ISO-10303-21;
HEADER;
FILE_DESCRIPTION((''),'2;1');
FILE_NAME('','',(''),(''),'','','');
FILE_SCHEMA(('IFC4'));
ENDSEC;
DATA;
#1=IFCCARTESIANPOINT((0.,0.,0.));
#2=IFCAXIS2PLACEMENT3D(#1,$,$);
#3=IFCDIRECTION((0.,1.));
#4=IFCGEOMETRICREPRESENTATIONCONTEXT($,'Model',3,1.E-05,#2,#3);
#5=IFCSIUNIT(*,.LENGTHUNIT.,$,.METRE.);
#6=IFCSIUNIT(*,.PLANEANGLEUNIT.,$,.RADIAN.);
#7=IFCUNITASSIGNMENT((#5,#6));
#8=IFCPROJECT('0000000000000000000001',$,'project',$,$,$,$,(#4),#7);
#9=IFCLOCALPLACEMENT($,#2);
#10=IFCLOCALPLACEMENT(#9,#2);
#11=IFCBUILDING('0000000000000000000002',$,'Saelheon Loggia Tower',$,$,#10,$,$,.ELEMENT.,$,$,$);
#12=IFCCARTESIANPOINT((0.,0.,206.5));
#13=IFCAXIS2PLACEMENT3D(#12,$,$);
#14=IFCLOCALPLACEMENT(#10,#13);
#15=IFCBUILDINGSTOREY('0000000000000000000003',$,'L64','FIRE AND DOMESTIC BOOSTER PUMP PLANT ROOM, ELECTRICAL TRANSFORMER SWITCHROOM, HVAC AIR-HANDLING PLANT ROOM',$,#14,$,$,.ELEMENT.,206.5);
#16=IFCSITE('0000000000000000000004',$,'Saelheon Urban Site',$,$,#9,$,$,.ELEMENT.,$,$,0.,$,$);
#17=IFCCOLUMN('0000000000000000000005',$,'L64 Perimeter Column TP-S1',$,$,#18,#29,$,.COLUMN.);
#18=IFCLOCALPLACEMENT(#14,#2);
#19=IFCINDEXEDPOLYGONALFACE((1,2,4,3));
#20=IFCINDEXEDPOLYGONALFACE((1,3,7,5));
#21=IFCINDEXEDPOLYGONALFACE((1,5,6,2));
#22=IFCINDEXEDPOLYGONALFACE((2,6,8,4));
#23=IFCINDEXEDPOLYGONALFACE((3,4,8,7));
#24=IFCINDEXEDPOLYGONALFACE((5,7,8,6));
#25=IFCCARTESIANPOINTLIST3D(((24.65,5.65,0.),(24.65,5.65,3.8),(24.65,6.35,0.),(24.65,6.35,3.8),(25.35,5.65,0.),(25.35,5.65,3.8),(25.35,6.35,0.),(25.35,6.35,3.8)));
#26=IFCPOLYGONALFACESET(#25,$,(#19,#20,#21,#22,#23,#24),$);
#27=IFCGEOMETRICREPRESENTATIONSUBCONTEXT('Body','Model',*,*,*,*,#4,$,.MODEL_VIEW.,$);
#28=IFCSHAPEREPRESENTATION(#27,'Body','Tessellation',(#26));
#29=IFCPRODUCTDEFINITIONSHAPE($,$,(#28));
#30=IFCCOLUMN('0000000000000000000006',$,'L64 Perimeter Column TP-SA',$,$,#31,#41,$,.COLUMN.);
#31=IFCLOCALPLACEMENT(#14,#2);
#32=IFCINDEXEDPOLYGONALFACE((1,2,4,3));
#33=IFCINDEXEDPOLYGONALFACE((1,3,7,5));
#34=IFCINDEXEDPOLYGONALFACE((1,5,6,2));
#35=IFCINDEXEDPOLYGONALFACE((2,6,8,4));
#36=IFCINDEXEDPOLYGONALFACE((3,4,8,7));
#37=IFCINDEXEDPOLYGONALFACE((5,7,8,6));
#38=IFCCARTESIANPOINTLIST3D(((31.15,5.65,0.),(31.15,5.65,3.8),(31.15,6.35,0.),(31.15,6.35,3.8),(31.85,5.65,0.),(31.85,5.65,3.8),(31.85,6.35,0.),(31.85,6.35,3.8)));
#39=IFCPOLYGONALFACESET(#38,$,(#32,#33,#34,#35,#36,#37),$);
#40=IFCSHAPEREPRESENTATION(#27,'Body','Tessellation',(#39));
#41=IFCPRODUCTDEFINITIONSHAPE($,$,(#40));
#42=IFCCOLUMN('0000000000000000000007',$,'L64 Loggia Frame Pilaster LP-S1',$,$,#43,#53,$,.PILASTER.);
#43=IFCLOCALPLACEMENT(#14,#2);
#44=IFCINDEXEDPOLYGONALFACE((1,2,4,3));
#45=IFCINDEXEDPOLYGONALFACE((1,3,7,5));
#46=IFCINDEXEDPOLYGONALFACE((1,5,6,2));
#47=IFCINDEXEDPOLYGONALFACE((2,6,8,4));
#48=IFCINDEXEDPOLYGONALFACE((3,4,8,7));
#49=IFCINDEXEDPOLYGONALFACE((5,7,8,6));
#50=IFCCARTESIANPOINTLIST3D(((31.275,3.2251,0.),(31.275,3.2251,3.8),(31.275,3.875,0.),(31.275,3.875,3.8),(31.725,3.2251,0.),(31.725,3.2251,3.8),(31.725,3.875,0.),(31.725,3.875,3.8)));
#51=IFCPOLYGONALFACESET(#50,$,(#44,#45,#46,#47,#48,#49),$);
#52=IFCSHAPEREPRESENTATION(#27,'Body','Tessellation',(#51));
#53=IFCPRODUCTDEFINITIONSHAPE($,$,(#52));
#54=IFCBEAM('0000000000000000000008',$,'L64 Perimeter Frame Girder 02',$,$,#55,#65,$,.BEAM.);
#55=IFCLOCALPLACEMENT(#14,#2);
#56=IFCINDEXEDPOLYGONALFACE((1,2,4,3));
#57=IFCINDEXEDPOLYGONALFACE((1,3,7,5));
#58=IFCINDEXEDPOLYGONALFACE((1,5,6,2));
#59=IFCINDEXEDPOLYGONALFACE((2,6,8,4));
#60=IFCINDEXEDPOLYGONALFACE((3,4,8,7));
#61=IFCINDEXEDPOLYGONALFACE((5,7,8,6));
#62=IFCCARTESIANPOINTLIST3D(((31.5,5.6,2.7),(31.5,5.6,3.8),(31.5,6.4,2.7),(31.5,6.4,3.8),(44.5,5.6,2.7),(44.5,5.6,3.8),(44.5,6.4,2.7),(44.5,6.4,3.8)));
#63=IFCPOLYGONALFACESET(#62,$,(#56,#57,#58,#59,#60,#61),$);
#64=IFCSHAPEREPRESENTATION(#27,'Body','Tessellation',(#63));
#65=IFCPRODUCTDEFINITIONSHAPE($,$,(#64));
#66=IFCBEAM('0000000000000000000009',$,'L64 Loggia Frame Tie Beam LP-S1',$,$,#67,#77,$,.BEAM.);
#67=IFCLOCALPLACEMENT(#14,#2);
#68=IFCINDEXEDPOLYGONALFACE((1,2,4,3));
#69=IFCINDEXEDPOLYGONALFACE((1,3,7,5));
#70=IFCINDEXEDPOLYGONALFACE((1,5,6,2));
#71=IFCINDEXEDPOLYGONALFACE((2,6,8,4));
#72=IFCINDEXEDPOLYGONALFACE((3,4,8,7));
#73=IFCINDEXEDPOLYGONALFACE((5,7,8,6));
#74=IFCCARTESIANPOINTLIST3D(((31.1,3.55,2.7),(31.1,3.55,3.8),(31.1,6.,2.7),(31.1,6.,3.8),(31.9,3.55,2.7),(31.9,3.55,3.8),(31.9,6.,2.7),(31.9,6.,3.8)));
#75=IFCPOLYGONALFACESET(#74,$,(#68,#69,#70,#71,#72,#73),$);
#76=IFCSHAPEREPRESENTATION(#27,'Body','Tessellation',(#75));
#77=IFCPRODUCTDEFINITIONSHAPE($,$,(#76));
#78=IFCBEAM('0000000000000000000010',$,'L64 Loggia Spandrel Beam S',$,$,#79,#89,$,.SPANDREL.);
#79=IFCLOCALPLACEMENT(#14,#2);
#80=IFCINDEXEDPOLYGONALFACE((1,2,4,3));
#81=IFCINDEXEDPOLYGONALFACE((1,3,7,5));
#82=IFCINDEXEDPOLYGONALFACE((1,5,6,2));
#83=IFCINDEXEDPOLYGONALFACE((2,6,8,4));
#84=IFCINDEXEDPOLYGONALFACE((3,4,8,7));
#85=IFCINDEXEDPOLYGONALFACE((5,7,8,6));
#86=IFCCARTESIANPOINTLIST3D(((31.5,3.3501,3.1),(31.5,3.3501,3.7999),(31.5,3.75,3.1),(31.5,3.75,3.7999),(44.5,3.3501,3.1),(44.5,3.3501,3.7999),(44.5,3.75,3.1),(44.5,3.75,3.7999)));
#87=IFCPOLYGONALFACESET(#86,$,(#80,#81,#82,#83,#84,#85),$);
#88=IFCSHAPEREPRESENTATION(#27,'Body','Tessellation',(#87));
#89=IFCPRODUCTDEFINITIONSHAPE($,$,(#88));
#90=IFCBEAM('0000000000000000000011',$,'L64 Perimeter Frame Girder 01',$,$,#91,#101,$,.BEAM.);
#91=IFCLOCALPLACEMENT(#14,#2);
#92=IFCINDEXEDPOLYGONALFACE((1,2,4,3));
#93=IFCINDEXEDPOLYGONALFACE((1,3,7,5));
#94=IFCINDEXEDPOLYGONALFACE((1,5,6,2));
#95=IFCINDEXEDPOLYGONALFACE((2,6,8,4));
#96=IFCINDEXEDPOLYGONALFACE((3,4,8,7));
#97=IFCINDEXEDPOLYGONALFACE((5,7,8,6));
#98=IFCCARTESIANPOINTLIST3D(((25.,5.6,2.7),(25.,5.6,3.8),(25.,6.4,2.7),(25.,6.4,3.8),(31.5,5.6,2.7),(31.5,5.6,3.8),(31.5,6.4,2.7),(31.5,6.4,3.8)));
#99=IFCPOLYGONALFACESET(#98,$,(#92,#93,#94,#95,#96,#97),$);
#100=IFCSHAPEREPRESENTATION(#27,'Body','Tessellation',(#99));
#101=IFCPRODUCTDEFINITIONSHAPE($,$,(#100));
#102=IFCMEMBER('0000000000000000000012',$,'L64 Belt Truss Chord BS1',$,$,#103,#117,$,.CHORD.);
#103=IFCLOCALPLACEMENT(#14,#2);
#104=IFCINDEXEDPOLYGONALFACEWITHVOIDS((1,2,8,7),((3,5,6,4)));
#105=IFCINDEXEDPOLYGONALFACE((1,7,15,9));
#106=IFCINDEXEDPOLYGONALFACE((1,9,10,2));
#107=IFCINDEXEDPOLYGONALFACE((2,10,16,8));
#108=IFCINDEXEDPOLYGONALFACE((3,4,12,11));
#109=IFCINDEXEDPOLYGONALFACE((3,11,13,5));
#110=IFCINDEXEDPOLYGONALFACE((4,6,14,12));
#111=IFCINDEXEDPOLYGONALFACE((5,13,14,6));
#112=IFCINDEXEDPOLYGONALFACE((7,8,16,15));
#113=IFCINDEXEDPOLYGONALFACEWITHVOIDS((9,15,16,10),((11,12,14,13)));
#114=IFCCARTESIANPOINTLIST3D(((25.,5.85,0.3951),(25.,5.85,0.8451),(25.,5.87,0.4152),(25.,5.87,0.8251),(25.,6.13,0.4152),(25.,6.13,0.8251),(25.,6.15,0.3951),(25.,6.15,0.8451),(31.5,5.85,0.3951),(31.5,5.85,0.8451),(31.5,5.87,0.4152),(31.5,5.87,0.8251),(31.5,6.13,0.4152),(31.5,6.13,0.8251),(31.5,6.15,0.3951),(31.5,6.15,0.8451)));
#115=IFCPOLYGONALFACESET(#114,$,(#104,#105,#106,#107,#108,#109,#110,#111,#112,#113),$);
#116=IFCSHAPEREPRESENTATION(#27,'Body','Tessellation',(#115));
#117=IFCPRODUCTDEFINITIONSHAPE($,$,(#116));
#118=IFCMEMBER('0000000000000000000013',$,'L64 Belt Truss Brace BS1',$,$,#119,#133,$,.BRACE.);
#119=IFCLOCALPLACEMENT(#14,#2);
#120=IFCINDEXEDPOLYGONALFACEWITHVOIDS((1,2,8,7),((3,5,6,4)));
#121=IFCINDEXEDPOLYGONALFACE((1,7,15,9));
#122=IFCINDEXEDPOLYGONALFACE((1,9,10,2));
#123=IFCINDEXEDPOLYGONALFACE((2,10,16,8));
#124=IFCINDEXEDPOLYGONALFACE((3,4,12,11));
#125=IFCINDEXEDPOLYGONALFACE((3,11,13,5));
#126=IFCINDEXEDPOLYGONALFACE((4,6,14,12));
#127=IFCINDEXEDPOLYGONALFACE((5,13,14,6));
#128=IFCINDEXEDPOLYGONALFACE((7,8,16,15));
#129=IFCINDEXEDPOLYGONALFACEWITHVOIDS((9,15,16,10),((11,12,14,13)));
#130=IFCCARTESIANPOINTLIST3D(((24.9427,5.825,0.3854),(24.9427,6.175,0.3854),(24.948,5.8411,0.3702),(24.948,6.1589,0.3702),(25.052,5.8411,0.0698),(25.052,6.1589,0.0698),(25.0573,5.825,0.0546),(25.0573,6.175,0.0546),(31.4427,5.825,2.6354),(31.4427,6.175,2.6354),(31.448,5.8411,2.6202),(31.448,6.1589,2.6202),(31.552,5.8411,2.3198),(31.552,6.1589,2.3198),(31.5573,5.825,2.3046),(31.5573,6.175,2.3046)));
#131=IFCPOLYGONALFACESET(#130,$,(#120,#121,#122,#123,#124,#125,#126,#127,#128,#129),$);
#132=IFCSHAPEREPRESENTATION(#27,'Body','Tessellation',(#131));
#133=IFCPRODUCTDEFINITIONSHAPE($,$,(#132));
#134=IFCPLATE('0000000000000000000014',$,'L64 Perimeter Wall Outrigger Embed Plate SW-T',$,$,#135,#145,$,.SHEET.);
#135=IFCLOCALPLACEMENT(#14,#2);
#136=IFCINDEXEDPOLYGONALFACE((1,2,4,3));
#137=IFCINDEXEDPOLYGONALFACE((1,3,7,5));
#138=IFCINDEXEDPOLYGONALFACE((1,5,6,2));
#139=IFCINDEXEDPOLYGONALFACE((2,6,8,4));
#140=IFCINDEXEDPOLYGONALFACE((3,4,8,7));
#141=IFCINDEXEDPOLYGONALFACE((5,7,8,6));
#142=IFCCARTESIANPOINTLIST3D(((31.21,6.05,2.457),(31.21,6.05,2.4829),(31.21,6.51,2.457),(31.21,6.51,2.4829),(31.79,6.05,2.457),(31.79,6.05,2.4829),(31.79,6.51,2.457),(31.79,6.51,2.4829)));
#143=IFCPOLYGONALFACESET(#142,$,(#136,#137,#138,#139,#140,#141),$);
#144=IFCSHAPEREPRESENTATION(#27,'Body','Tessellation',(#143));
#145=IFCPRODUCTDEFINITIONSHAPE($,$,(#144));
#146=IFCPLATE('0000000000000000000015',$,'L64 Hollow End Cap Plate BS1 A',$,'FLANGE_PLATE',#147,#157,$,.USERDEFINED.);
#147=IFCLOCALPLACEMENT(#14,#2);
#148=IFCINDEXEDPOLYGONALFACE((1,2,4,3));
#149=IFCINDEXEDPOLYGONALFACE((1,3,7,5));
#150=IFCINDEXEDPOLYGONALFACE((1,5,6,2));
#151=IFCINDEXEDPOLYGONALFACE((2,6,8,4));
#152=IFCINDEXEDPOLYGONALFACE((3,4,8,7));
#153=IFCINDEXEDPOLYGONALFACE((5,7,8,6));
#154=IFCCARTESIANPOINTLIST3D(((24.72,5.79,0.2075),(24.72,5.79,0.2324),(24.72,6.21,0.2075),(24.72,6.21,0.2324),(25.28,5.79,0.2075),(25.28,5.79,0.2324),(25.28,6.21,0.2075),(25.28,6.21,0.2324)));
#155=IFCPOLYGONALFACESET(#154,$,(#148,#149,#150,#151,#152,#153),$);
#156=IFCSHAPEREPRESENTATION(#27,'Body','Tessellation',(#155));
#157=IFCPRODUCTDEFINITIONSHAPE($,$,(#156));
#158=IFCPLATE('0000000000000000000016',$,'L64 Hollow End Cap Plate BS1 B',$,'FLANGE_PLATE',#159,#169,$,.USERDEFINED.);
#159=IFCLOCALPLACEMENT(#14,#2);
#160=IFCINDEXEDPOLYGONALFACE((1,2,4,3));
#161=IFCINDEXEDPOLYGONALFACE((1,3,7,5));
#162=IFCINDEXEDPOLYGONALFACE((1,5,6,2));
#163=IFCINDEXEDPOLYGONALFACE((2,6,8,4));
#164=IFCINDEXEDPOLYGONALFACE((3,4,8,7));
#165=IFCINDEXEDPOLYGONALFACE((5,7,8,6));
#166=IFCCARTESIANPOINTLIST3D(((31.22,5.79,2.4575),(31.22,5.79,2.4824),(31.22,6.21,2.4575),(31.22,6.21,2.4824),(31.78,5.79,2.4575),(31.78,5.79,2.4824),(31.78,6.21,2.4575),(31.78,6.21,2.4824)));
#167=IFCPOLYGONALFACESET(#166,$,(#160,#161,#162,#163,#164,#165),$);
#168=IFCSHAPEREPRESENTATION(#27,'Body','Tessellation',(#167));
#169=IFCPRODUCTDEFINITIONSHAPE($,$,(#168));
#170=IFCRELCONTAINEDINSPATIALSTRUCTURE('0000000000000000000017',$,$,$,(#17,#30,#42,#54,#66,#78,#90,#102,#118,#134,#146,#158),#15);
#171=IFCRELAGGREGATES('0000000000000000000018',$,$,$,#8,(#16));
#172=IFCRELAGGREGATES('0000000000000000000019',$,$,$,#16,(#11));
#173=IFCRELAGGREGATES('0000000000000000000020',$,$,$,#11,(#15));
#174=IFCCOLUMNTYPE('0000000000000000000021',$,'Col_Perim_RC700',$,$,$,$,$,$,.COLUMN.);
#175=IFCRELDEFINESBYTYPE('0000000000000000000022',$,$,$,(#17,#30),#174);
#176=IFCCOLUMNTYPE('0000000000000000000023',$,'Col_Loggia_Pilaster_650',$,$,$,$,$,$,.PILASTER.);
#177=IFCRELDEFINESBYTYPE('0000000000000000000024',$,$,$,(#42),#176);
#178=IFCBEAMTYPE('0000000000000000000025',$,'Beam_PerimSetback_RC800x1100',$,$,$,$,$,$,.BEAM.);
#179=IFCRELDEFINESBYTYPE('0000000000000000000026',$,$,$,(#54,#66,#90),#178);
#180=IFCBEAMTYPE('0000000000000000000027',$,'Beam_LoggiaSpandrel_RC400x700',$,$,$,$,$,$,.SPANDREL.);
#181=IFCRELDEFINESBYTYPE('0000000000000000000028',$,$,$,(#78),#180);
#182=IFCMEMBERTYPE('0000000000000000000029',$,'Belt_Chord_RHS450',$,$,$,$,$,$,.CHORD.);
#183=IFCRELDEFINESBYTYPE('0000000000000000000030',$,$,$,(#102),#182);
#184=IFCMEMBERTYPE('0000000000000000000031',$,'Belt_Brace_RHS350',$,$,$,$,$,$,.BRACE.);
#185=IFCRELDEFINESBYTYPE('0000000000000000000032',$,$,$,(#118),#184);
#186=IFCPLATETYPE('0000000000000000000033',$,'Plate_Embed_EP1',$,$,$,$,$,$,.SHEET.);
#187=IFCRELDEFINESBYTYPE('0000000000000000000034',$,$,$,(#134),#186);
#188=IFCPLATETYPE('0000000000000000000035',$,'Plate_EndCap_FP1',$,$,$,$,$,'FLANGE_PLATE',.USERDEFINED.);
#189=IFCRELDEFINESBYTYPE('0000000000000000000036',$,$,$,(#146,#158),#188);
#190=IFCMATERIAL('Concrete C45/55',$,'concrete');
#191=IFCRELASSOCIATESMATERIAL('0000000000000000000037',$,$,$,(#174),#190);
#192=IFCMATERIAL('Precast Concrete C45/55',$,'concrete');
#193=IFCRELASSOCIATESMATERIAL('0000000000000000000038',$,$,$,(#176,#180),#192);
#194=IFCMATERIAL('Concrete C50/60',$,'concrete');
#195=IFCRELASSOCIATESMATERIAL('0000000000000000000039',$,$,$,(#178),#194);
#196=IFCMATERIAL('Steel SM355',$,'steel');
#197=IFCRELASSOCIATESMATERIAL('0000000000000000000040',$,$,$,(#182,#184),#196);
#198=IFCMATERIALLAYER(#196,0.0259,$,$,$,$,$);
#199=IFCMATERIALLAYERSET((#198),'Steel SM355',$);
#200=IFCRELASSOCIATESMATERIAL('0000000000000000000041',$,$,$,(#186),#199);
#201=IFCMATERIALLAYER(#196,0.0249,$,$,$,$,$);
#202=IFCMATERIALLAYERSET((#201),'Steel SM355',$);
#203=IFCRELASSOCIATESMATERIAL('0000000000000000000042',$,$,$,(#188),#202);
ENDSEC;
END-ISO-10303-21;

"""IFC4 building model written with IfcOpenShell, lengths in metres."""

from ifc_helpers import new_model, si_unit, direction, frame, origin, origin_2d, place, context, subcontext, project, spatial, rectangle, hollow_rectangle, extrude, source, transform, mapped, material, layer, layer_set, material_profile, profile_set, type_object, element, save


model = new_model("IFC4")

# Units and contexts
model_context = context("Model", 3, precision=1e-05, world=origin(), true_north=direction((0.0, 1.0)))
body_context = subcontext(model_context, "Body", "Model", "MODEL_VIEW")
ifc_project = project(units=[si_unit("LENGTHUNIT", "METRE"), si_unit("PLANEANGLEUNIT", "RADIAN")], contexts=[model_context])

# Site, building, storey
site_placement = place(None, origin())
site = spatial("IfcSite", under=ifc_project, at=site_placement, Name="Saelheon Urban Site", CompositionType="ELEMENT", RefElevation=0.0)
building_placement = place(site_placement, origin())
building = spatial("IfcBuilding", under=site, at=building_placement, Name="Saelheon Loggia Tower", CompositionType="ELEMENT")
storey_placement = place(building_placement, frame((0.0, 0.0, 206.5)))
storey = spatial("IfcBuildingStorey", under=building, at=storey_placement, Name="L64", Description="FIRE AND DOMESTIC BOOSTER PUMP PLANT ROOM, ELECTRICAL TRANSFORMER SWITCHROOM, HVAC AIR-HANDLING PLANT ROOM", CompositionType="ELEMENT", Elevation=206.5)

# Columns
ifc_material_1 = material(Name="Concrete C45/55", Category="concrete")
ifc_material_profile_1 = material_profile(ifc_material_1, rectangle(XDim=0.7, YDim=0.7, at=origin_2d()), Name="RC-700x700")
ifc_profile_set_1 = profile_set([ifc_material_profile_1], Name="Concrete C45/55")
column_type_1 = type_object("IfcColumnType", Name="Col_Perim_RC700", PredefinedType="COLUMN", material=ifc_profile_set_1)
shared_shape_1 = source(origin(), body_context, "Body", "SweptSolid", [
    extrude(rectangle(XDim=0.7, YDim=0.7, at=origin_2d()), origin(), (0.0, 0.0, 1.0), 3.8),
])
for number, where, z_axis, x_axis, name in (
    (1, (25.0, 6.0, 0.0), (0.0, 0.0, 1.0), (1.0, 0.0, 0.0), "L64 Perimeter Column TP-S1"),
    (2, (31.5, 6.0, 0.0), (0.0, 0.0, 1.0), (1.0, 0.0, 0.0), "L64 Perimeter Column TP-SA"),
):
    element("IfcColumn", number, at=place(storey_placement, frame(where, z_axis=z_axis, x_axis=x_axis)), inside=storey, type_object=column_type_1, Name=name, PredefinedType="COLUMN", context=body_context, shape_type="MappedRepresentation", body=[
        mapped(shared_shape_1, transform((0.0, 0.0, 0.0), scale=1.0)),
    ])
ifc_material_2 = material(Name="Precast Concrete C45/55", Category="concrete")
ifc_material_profile_2 = material_profile(ifc_material_2, rectangle(XDim=0.45, YDim=0.6499, at=origin_2d()), Name="RC-450x650")
ifc_profile_set_2 = profile_set([ifc_material_profile_2], Name="Precast Concrete C45/55")
column_type_2 = type_object("IfcColumnType", Name="Col_Loggia_Pilaster_650", PredefinedType="PILASTER", material=ifc_profile_set_2)
shared_shape_2 = source(origin(), body_context, "Body", "SweptSolid", [
    extrude(rectangle(XDim=0.45, YDim=0.6499, at=origin_2d()), origin(), (0.0, 0.0, 1.0), 3.8),
])
column_placement = place(storey_placement, frame((31.5, 3.55, 0.0), z_axis=(0.0, 0.0, 1.0), x_axis=(1.0, 0.0, 0.0)))
element("IfcColumn", 3, at=column_placement, inside=storey, type_object=column_type_2, Name="L64 Loggia Frame Pilaster LP-S1", PredefinedType="PILASTER", context=body_context, shape_type="MappedRepresentation", body=[
    mapped(shared_shape_2, transform((0.0, 0.0, 0.0), scale=1.0)),
])

# Beams
ifc_material_3 = material(Name="Concrete C50/60", Category="concrete")
ifc_material_profile_3 = material_profile(ifc_material_3, rectangle(XDim=0.8, YDim=1.1001, at=origin_2d()), Name="RC-800x1100")
ifc_profile_set_3 = profile_set([ifc_material_profile_3], Name="Concrete C50/60")
beam_type_1 = type_object("IfcBeamType", Name="Beam_PerimSetback_RC800x1100", PredefinedType="BEAM", material=ifc_profile_set_3)
shared_shape_3 = source(origin(), body_context, "Body", "SweptSolid", [
    extrude(rectangle(XDim=0.8, YDim=1.1001, at=origin_2d()), origin(), (0.0, 0.0, 1.0), 13.0),
])
beam_1_placement = place(storey_placement, frame((31.5, 6.0, 3.25), z_axis=(1.0, 0.0, 0.0), x_axis=(0.0, 1.0, 0.0)))
element("IfcBeam", 4, at=beam_1_placement, inside=storey, type_object=beam_type_1, Name="L64 Perimeter Frame Girder 02", PredefinedType="BEAM", context=body_context, shape_type="MappedRepresentation", body=[
    mapped(shared_shape_3, transform((0.0, 0.0, 0.0), scale=1.0)),
])
shared_shape_4 = source(origin(), body_context, "Body", "SweptSolid", [
    extrude(rectangle(XDim=0.8, YDim=1.1001, at=origin_2d()), origin(), (0.0, 0.0, 1.0), 2.45),
])
beam_2_placement = place(storey_placement, frame((31.5, 6.0, 3.25), z_axis=(0.0, -1.0, 0.0), x_axis=(1.0, 0.0, 0.0)))
element("IfcBeam", 5, at=beam_2_placement, inside=storey, type_object=beam_type_1, Name="L64 Loggia Frame Tie Beam LP-S1", PredefinedType="BEAM", context=body_context, shape_type="MappedRepresentation", body=[
    mapped(shared_shape_4, transform((0.0, 0.0, 0.0), scale=1.0)),
])
ifc_material_profile_4 = material_profile(ifc_material_2, rectangle(XDim=0.3999, YDim=0.7, at=origin_2d()), Name="RC-400x700")
ifc_profile_set_4 = profile_set([ifc_material_profile_4], Name="Precast Concrete C45/55")
beam_type_2 = type_object("IfcBeamType", Name="Beam_LoggiaSpandrel_RC400x700", PredefinedType="SPANDREL", material=ifc_profile_set_4)
shared_shape_5 = source(origin(), body_context, "Body", "SweptSolid", [
    extrude(rectangle(XDim=0.3999, YDim=0.7, at=origin_2d()), origin(), (0.0, 0.0, 1.0), 13.0),
])
beam_3_placement = place(storey_placement, frame((31.5, 3.55, 3.45), z_axis=(1.0, 0.0, 0.0), x_axis=(0.0, 1.0, 0.0)))
element("IfcBeam", 6, at=beam_3_placement, inside=storey, type_object=beam_type_2, Name="L64 Loggia Spandrel Beam S", PredefinedType="SPANDREL", context=body_context, shape_type="MappedRepresentation", body=[
    mapped(shared_shape_5, transform((0.0, 0.0, 0.0), scale=1.0)),
])
shared_shape_6 = source(origin(), body_context, "Body", "SweptSolid", [
    extrude(rectangle(XDim=0.8, YDim=1.1001, at=origin_2d()), origin(), (0.0, 0.0, 1.0), 6.5),
])
beam_4_placement = place(storey_placement, frame((25.0, 6.0, 3.25), z_axis=(1.0, 0.0, 0.0), x_axis=(0.0, 1.0, 0.0)))
element("IfcBeam", 7, at=beam_4_placement, inside=storey, type_object=beam_type_1, Name="L64 Perimeter Frame Girder 01", PredefinedType="BEAM", context=body_context, shape_type="MappedRepresentation", body=[
    mapped(shared_shape_6, transform((0.0, 0.0, 0.0), scale=1.0)),
])

# Members
ifc_material_4 = material(Name="Steel SM355", Category="steel")
ifc_material_profile_5 = material_profile(ifc_material_4, hollow_rectangle(XDim=0.3, YDim=0.45, WallThickness=0.02, at=origin_2d()), Name="RHS-450x300x20")
ifc_profile_set_5 = profile_set([ifc_material_profile_5], Name="Steel SM355")
member_type_1 = type_object("IfcMemberType", Name="Belt_Chord_RHS450", PredefinedType="CHORD", material=ifc_profile_set_5)
shared_shape_7 = source(origin(), body_context, "Body", "SweptSolid", [
    extrude(hollow_rectangle(XDim=0.3, YDim=0.45, WallThickness=0.02, at=origin_2d()), origin(), (0.0, 0.0, 1.0), 6.5),
])
member_1_placement = place(storey_placement, frame((25.0, 6.0, 0.6201), z_axis=(1.0, 0.0, 0.0), x_axis=(0.0, 1.0, 0.0)))
element("IfcMember", 8, at=member_1_placement, inside=storey, type_object=member_type_1, Name="L64 Belt Truss Chord BS1", PredefinedType="CHORD", context=body_context, shape_type="MappedRepresentation", body=[
    mapped(shared_shape_7, transform((0.0, 0.0, 0.0), scale=1.0)),
])
ifc_material_profile_6 = material_profile(ifc_material_4, hollow_rectangle(XDim=0.3501, YDim=0.3501, WallThickness=0.0161, at=origin_2d()), Name="RHS-350x350x16")
ifc_profile_set_6 = profile_set([ifc_material_profile_6], Name="Steel SM355")
member_type_2 = type_object("IfcMemberType", Name="Belt_Brace_RHS350", PredefinedType="BRACE", material=ifc_profile_set_6)
shared_shape_8 = source(origin(), body_context, "Body", "SweptSolid", [
    extrude(hollow_rectangle(XDim=0.3501, YDim=0.3501, WallThickness=0.0161, at=origin_2d()), origin(), (0.0, 0.0, 1.0), 6.8784),
])
member_2_placement = place(storey_placement, frame((25.0, 6.0, 0.22), z_axis=(0.944986, 0.0, 0.327111), x_axis=(0.0, 1.0, 0.0)))
element("IfcMember", 9, at=member_2_placement, inside=storey, type_object=member_type_2, Name="L64 Belt Truss Brace BS1", PredefinedType="BRACE", context=body_context, shape_type="MappedRepresentation", body=[
    mapped(shared_shape_8, transform((0.0, 0.0, 0.0), scale=1.0)),
])

# Plates
ifc_layer_1 = layer(ifc_material_4, 0.0259)
ifc_layer_set_1 = layer_set([ifc_layer_1], Name="Steel SM355")
plate_type_1 = type_object("IfcPlateType", Name="Plate_Embed_EP1", PredefinedType="SHEET", material=ifc_layer_set_1)
shared_shape_9 = source(origin(), body_context, "Body", "SweptSolid", [
    extrude(rectangle(XDim=0.5801, YDim=0.46, at=origin_2d()), origin(), (0.0, 0.0, 1.0), 0.0259),
])
plate_placement = place(storey_placement, frame((31.5, 6.28, 2.457), z_axis=(0.0, 0.0, 1.0), x_axis=(1.0, 0.0, 0.0)))
element("IfcPlate", 10, at=plate_placement, inside=storey, type_object=plate_type_1, Name="L64 Perimeter Wall Outrigger Embed Plate SW-T", PredefinedType="SHEET", context=body_context, shape_type="MappedRepresentation", body=[
    mapped(shared_shape_9, transform((0.0, 0.0, 0.0), scale=1.0)),
])
ifc_layer_2 = layer(ifc_material_4, 0.0249)
ifc_layer_set_2 = layer_set([ifc_layer_2], Name="Steel SM355")
plate_type_2 = type_object("IfcPlateType", Name="Plate_EndCap_FP1", ElementType="FLANGE_PLATE", PredefinedType="USERDEFINED", material=ifc_layer_set_2)
shared_shape_10 = source(origin(), body_context, "Body", "SweptSolid", [
    extrude(rectangle(XDim=0.5601, YDim=0.4199, at=origin_2d()), origin(), (0.0, 0.0, 1.0), 0.0249),
])
for number, where, z_axis, x_axis, name in (
    (11, (25.0, 6.0, 0.2075), (0.0, 0.0, 1.0), (1.0, 0.0, 0.0), "L64 Hollow End Cap Plate BS1 A"),
    (12, (31.5, 6.0, 2.4575), (0.0, 0.0, 1.0), (1.0, 0.0, 0.0), "L64 Hollow End Cap Plate BS1 B"),
):
    element("IfcPlate", number, at=place(storey_placement, frame(where, z_axis=z_axis, x_axis=x_axis)), inside=storey, type_object=plate_type_2, Name=name, ObjectType="FLANGE_PLATE", PredefinedType="USERDEFINED", context=body_context, shape_type="MappedRepresentation", body=[
        mapped(shared_shape_10, transform((0.0, 0.0, 0.0), scale=1.0)),
    ])

save(model, "model.ifc")
